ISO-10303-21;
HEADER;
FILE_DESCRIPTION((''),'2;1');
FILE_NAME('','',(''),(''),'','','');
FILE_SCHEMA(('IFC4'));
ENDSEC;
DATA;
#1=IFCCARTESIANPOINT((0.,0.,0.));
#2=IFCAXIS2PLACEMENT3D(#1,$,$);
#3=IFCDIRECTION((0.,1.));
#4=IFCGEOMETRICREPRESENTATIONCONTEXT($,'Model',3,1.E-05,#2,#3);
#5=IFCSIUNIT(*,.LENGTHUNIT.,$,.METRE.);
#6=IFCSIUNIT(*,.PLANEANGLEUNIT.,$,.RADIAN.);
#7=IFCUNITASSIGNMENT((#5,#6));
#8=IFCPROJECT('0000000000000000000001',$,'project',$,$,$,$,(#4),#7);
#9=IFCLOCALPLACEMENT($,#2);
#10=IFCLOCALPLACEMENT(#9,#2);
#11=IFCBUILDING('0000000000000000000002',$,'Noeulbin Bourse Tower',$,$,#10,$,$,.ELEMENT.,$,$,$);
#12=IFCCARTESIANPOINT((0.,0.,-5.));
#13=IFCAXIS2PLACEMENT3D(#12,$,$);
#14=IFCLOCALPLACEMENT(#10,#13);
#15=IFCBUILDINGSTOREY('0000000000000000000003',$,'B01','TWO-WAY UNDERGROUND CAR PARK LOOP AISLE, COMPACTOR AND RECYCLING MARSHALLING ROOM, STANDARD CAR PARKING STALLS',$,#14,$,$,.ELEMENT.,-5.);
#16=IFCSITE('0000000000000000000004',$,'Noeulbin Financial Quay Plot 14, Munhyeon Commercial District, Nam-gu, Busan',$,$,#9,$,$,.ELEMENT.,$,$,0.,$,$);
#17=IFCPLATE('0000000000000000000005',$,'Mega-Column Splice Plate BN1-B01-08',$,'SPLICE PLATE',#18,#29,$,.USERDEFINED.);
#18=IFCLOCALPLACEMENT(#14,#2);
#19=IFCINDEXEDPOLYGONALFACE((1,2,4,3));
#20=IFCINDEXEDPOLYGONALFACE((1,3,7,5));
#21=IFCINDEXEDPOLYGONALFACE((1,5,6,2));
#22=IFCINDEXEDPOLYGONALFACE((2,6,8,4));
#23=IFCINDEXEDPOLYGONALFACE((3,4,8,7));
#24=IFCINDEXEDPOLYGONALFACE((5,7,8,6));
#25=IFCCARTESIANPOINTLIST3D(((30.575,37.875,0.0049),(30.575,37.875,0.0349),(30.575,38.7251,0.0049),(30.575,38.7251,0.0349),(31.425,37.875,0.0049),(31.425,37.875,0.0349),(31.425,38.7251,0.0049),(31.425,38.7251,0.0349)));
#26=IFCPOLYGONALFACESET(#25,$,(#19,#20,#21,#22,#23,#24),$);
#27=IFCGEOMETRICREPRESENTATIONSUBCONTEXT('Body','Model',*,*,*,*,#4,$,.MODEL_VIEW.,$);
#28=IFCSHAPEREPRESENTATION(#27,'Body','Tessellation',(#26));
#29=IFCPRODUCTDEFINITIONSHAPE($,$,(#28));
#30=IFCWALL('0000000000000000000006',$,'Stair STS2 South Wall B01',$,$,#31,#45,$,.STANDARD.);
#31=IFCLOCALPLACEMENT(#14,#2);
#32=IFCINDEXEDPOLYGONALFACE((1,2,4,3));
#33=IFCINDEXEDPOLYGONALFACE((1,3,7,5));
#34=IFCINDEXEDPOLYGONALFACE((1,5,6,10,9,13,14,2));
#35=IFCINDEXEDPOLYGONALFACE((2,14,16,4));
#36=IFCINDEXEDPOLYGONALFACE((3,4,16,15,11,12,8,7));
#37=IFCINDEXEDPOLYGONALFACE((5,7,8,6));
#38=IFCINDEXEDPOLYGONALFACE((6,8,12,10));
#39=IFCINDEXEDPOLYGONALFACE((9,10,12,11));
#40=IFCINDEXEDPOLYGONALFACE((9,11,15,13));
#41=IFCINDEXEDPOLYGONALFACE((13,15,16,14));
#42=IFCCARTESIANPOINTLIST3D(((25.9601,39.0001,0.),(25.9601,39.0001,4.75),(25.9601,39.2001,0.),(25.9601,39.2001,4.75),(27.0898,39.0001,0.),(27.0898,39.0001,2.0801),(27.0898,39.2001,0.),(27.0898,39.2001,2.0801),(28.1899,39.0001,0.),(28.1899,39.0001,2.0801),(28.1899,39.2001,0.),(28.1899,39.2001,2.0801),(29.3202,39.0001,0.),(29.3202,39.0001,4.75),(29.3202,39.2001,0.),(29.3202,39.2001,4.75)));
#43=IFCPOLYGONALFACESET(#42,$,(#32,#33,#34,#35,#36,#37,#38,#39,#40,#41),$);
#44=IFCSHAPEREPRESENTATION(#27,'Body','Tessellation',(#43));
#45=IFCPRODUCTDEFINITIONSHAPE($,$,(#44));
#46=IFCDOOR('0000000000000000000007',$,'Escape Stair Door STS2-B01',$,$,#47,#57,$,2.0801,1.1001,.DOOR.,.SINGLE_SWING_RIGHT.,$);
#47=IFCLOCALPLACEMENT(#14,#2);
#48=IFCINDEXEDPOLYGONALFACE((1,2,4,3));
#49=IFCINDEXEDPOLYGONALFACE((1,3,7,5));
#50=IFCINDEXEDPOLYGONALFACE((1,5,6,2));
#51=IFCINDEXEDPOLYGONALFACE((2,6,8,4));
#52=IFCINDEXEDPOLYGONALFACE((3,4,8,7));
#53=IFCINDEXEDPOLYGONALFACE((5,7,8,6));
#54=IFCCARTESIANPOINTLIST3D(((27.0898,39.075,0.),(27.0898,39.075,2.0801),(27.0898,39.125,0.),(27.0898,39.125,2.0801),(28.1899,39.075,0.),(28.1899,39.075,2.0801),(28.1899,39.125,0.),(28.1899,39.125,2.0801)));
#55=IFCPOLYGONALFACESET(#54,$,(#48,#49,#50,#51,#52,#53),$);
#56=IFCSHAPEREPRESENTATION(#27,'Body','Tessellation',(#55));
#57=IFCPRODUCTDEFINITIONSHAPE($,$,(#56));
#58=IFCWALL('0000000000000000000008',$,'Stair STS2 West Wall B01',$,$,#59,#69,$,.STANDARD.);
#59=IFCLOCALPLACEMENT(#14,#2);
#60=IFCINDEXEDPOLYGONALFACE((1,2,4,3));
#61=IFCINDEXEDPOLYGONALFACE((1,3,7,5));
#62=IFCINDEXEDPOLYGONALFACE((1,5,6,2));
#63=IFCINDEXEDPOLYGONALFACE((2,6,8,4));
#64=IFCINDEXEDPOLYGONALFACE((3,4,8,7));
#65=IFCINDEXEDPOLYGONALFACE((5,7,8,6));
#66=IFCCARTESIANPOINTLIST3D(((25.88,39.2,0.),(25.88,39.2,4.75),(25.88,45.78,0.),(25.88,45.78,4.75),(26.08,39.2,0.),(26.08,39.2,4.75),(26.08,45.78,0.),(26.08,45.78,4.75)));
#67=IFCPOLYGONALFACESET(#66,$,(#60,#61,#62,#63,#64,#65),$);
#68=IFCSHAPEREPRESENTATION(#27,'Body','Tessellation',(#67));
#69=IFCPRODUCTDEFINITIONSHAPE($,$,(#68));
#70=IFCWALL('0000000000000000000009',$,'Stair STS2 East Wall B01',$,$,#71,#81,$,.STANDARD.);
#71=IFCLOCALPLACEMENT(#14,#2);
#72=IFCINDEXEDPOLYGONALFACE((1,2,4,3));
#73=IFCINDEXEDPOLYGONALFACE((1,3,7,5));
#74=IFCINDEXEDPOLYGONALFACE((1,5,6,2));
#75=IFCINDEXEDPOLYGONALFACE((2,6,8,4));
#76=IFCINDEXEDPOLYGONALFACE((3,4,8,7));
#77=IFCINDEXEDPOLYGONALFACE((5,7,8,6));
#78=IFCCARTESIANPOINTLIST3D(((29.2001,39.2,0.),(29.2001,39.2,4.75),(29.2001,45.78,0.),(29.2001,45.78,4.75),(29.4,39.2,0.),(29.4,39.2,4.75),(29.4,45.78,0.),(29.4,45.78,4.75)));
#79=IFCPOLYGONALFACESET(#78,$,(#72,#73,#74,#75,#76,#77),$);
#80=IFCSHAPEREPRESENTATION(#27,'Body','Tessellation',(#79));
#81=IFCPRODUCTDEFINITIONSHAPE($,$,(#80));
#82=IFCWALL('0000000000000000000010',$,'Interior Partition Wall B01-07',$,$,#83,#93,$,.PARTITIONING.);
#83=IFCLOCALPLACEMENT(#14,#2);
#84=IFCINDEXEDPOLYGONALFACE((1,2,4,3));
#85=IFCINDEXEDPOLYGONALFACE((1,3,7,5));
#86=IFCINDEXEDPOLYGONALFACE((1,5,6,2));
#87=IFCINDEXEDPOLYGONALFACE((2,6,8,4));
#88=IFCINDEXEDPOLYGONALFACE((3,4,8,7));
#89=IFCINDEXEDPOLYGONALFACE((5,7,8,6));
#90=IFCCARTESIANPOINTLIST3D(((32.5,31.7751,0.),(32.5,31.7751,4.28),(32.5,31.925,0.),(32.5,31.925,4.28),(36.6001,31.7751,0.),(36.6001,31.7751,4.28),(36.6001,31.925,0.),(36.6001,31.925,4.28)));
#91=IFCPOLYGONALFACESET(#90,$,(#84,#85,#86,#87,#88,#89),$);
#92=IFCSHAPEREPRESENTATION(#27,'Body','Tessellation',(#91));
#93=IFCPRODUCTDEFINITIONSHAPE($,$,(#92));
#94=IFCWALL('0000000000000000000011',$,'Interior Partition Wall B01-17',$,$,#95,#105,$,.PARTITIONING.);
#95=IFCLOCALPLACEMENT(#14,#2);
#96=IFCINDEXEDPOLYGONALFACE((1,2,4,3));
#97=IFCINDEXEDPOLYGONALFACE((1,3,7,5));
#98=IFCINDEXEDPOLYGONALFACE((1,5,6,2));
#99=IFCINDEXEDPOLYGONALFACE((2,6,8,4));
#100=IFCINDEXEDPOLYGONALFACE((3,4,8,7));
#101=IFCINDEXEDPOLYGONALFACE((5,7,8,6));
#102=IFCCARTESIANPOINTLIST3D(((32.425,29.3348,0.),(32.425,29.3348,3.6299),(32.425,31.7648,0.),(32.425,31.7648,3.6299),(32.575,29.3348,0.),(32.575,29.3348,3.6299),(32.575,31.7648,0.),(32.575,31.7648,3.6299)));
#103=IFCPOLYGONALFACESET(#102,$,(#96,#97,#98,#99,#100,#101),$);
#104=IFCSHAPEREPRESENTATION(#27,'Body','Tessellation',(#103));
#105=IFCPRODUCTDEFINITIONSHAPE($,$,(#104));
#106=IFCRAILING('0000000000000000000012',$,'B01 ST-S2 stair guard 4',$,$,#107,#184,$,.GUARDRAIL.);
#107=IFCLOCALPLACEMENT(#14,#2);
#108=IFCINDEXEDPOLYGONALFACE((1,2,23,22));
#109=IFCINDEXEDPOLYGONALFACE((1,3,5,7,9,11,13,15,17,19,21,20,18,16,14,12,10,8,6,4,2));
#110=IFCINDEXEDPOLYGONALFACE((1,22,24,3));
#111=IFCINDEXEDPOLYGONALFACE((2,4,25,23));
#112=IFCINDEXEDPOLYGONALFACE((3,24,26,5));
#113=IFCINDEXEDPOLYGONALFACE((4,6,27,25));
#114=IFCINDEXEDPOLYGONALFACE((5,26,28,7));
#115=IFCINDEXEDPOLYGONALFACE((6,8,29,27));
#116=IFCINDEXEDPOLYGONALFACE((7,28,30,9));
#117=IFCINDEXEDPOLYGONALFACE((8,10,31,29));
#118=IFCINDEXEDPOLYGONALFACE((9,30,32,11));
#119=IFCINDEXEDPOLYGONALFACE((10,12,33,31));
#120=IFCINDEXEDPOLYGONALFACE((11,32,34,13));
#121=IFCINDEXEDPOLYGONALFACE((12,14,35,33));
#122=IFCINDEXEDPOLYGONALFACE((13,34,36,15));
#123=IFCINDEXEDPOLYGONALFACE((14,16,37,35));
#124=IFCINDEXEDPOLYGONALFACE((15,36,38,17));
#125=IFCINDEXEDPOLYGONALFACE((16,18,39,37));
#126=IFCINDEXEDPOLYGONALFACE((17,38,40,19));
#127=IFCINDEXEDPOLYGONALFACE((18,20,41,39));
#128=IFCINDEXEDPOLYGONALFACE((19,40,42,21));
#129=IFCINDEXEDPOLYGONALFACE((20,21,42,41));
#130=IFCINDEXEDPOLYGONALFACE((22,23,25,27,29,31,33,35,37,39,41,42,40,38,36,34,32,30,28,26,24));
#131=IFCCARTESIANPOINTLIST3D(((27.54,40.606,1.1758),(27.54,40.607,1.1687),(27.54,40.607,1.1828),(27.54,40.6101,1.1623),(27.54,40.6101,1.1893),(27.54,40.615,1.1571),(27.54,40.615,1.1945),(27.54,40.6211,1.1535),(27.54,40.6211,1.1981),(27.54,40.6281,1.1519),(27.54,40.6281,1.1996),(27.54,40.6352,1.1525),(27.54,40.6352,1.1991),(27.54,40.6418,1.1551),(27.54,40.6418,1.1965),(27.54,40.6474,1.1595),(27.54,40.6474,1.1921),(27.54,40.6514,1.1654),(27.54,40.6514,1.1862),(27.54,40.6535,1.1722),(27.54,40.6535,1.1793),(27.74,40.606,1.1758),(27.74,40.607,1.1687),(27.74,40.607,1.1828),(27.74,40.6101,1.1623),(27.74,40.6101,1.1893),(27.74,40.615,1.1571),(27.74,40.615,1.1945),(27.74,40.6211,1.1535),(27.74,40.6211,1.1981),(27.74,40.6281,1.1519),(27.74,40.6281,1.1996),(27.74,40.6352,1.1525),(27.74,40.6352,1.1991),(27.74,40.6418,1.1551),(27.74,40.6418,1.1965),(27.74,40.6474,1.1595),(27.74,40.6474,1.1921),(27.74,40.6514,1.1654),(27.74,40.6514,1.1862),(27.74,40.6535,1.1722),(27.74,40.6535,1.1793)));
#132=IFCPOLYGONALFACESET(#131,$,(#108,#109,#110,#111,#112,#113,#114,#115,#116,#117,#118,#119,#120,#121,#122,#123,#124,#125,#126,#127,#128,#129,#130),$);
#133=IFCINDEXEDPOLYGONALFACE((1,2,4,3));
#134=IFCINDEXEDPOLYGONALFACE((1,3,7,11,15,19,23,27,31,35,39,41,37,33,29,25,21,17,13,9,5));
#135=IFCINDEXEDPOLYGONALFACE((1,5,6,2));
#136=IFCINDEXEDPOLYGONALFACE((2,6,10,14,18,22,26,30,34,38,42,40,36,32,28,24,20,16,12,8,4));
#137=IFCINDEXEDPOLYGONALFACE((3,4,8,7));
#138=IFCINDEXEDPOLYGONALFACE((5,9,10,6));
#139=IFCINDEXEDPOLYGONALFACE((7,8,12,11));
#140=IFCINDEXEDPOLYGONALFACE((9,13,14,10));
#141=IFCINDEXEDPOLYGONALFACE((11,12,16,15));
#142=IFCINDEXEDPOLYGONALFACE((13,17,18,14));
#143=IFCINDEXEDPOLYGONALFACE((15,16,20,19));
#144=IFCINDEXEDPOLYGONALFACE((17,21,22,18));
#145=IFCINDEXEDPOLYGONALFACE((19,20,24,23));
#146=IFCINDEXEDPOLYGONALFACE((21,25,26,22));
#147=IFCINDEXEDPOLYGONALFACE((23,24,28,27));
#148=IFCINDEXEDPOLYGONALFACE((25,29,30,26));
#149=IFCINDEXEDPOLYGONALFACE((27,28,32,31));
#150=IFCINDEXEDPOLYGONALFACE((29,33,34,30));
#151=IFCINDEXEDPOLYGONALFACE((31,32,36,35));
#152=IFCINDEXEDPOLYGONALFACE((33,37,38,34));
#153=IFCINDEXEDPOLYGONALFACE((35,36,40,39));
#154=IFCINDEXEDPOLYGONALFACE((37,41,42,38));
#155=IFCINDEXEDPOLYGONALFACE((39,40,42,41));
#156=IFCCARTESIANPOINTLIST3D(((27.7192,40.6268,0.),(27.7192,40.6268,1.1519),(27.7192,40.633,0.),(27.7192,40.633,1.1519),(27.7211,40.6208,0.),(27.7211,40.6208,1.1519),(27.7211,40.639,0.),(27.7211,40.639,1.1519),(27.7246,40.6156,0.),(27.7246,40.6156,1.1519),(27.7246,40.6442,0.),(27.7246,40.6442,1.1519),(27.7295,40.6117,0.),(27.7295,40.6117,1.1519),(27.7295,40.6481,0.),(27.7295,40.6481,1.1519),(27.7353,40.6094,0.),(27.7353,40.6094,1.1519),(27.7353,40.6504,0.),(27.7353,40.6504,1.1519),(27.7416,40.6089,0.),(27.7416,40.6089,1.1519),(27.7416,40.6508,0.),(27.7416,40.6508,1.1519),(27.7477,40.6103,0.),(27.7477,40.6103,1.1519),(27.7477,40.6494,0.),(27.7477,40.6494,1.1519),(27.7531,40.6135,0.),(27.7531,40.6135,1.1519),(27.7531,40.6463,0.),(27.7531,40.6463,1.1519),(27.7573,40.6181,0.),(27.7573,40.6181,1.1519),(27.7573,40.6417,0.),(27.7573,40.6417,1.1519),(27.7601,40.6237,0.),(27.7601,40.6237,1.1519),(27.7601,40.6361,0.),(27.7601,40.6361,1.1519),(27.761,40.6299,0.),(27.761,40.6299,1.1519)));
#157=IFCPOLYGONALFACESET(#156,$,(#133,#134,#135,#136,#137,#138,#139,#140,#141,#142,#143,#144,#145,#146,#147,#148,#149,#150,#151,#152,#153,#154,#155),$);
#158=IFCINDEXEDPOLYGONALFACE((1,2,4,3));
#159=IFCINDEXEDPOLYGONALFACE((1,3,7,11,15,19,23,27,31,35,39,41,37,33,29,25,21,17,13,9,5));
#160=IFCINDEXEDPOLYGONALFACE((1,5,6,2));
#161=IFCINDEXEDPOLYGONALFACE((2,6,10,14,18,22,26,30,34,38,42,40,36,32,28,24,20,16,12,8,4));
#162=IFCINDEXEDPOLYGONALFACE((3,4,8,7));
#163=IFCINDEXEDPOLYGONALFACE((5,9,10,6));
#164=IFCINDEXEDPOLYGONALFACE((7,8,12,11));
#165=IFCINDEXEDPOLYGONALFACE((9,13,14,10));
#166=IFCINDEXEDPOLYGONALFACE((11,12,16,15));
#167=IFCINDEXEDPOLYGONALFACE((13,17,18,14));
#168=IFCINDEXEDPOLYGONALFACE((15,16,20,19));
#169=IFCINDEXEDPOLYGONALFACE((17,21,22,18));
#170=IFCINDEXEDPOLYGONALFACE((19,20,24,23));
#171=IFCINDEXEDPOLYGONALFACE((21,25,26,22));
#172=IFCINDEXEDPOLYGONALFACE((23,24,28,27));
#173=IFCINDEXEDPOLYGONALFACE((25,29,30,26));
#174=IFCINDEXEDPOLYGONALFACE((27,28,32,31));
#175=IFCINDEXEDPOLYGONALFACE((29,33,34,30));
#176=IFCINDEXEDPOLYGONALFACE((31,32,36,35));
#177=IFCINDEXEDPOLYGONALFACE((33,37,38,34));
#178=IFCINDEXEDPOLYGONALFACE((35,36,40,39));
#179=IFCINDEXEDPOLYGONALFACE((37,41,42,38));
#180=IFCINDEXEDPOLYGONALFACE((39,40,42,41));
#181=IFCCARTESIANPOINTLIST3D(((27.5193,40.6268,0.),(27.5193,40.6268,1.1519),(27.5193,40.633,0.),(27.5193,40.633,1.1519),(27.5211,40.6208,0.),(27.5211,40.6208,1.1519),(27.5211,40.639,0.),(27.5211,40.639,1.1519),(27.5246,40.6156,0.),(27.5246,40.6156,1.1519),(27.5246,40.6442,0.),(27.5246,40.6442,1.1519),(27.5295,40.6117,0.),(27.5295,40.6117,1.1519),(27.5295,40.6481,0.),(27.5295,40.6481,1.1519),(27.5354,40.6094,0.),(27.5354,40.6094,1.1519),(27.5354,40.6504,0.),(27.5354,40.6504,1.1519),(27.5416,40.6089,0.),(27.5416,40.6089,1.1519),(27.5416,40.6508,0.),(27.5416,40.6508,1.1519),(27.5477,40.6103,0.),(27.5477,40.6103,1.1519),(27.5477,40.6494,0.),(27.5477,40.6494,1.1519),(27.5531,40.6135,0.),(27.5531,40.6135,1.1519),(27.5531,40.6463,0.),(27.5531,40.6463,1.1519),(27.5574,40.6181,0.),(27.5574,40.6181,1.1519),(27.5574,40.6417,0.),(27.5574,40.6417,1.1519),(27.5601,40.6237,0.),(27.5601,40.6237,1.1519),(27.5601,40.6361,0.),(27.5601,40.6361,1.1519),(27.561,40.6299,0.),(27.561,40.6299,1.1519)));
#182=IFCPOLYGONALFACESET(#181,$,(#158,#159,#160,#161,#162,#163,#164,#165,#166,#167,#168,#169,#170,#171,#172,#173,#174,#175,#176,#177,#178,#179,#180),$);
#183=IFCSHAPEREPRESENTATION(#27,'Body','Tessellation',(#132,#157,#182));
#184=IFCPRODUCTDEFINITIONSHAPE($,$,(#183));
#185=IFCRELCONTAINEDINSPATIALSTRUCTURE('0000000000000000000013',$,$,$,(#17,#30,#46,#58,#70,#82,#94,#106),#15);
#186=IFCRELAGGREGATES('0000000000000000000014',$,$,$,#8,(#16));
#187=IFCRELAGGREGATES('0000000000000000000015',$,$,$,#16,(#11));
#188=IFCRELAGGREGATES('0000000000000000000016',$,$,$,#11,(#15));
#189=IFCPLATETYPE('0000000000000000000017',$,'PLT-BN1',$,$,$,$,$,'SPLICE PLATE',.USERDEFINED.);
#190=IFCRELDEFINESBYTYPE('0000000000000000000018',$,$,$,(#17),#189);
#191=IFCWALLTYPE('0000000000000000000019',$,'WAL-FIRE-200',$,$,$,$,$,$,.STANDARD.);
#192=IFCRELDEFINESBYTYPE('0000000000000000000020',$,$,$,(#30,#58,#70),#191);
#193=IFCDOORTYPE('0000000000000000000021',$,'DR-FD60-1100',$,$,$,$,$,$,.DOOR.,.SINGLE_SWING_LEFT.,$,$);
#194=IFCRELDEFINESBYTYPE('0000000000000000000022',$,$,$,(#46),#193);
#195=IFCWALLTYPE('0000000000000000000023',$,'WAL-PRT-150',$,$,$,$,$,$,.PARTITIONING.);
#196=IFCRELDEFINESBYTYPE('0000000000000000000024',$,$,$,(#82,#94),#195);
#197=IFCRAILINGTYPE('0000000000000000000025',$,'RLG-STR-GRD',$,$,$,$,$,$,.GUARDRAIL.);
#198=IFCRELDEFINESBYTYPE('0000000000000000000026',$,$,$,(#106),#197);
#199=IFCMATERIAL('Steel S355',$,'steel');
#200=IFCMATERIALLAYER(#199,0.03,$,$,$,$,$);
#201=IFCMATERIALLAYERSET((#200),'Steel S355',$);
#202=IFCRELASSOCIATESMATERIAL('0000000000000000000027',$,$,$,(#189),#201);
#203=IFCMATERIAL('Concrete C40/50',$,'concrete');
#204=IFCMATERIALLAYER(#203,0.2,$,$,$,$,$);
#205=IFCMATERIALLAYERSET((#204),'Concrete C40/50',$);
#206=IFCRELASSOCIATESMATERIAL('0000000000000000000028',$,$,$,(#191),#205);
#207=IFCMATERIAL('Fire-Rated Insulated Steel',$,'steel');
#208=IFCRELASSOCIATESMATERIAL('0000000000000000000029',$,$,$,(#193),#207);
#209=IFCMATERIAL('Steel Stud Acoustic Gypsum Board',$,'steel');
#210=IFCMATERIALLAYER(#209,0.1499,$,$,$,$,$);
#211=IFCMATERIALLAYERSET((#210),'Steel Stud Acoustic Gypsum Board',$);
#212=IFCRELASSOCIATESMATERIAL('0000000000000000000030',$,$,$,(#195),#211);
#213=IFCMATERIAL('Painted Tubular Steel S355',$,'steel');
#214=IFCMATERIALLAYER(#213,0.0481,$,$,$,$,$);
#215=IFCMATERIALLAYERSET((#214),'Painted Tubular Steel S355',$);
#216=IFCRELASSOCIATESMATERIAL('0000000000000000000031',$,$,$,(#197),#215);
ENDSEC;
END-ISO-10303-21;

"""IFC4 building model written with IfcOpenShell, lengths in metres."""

from ifc_helpers import new_model, si_unit, direction, frame, frame_2d, origin, origin_2d, place, context, subcontext, project, spatial, rectangle, circle, extrude, material, layer, layer_set, type_object, element, fill, save


model = new_model("IFC4")

# Units and contexts
model_context = context("Model", 3, precision=1e-05, world=origin(), true_north=direction((0.0, 1.0)))
body_context = subcontext(model_context, "Body", "Model", "MODEL_VIEW")
ifc_project = project(units=[si_unit("LENGTHUNIT", "METRE"), si_unit("PLANEANGLEUNIT", "RADIAN")], contexts=[model_context])

# Site, building, storey
site_placement = place(None, origin())
site = spatial("IfcSite", under=ifc_project, at=site_placement, Name="Noeulbin Financial Quay Plot 14, Munhyeon Commercial District, Nam-gu, Busan", CompositionType="ELEMENT", RefElevation=0.0)
building_placement = place(site_placement, origin())
building = spatial("IfcBuilding", under=site, at=building_placement, Name="Noeulbin Bourse Tower", CompositionType="ELEMENT")
storey_placement = place(building_placement, frame((0.0, 0.0, -5.0)))
storey = spatial("IfcBuildingStorey", under=building, at=storey_placement, Name="B01", Description="TWO-WAY UNDERGROUND CAR PARK LOOP AISLE, COMPACTOR AND RECYCLING MARSHALLING ROOM, STANDARD CAR PARKING STALLS", CompositionType="ELEMENT", Elevation=-5.0)

# Shared definitions
ifc_material_1 = material(Name="Steel S355", Category="steel")

# Plate
ifc_layer_1 = layer(ifc_material_1, 0.03)
ifc_layer_set_1 = layer_set([ifc_layer_1], Name="Steel S355")
plate_type = type_object("IfcPlateType", Name="PLT-BN1", ElementType="SPLICE PLATE", PredefinedType="USERDEFINED", material=ifc_layer_set_1)
for number, where, z_axis, x_axis, name in (
    (1, (31.0, 38.3, 0.0049), (0.0, 0.0, 1.0), (1.0, 0.0, 0.0), "Mega-Column Splice Plate BN1-B01-08"),
):
    element("IfcPlate", number, at=place(storey_placement, frame(where, z_axis=z_axis, x_axis=x_axis)), inside=storey, type_object=plate_type, Name=name, ObjectType="SPLICE PLATE", PredefinedType="USERDEFINED", context=body_context, shape_type="SweptSolid", body=[
        extrude(rectangle(XDim=0.8501, YDim=0.8501, at=origin_2d()), origin(), (0.0, 0.0, 1.0), 0.03),
    ])

# Wall, opening, door
ifc_material_2 = material(Name="Concrete C40/50", Category="concrete")
ifc_layer_2 = layer(ifc_material_2, 0.2)
ifc_layer_set_2 = layer_set([ifc_layer_2], Name="Concrete C40/50")
wall_type_1 = type_object("IfcWallType", Name="WAL-FIRE-200", PredefinedType="STANDARD", material=ifc_layer_set_2)
wall_1_placement = place(storey_placement, frame((25.96, 39.1001, 0.0), z_axis=(0.0, 0.0, 1.0), x_axis=(1.0, 0.0, 0.0)))
wall_1 = element("IfcWall", 2, at=wall_1_placement, inside=storey, type_object=wall_type_1, Name="Stair STS2 South Wall B01", PredefinedType="STANDARD", context=body_context, shape_type="SweptSolid", body=[
    extrude(rectangle(XDim=3.3601, YDim=0.2, at=frame_2d((1.6802, 0.0))), origin(), (0.0, 0.0, 1.0), 4.75),
])
opening_placement = place(wall_1_placement, frame((1.1299, 0.0, 0.0)))
opening = element("IfcOpeningElement", 3, at=opening_placement, cuts=wall_1, PredefinedType="OPENING", context=body_context, shape_type="SweptSolid", body=[
    extrude(rectangle(XDim=1.1001, YDim=2.0801, at=frame_2d((0.55, 1.04))), frame((0.0, 0.1099, 0.0), z_axis=(0.0, -1.0, 0.0), x_axis=(1.0, 0.0, 0.0)), (0.0, 0.0, 1.0), 0.22),
])
ifc_material_3 = material(Name="Fire-Rated Insulated Steel", Category="steel")
door_type = type_object("IfcDoorType", Name="DR-FD60-1100", OperationType="SINGLE_SWING_LEFT", PredefinedType="DOOR", material=ifc_material_3)
door_placement = place(opening_placement, origin())
door = element("IfcDoor", 4, at=door_placement, inside=storey, type_object=door_type, Name="Escape Stair Door STS2-B01", OperationType="SINGLE_SWING_RIGHT", OverallHeight=2.0801, OverallWidth=1.1001, PredefinedType="DOOR", context=body_context, shape_type="SweptSolid", body=[
    extrude(rectangle(XDim=1.1001, YDim=2.0801, at=frame_2d((0.55, 1.04))), frame((0.0, 0.0249, 0.0), z_axis=(0.0, -1.0, 0.0), x_axis=(1.0, 0.0, 0.0)), (0.0, 0.0, 1.0), 0.05),
])
fill(opening, door)

# Walls
for number, where, z_axis, x_axis, name in (
    (5, (25.98, 39.2, 0.0), (0.0, 0.0, 1.0), (0.0, 1.0, 0.0), "Stair STS2 West Wall B01"),
    (6, (29.3, 39.2, 0.0), (0.0, 0.0, 1.0), (0.0, 1.0, 0.0), "Stair STS2 East Wall B01"),
):
    element("IfcWall", number, at=place(storey_placement, frame(where, z_axis=z_axis, x_axis=x_axis)), inside=storey, type_object=wall_type_1, Name=name, PredefinedType="STANDARD", context=body_context, shape_type="SweptSolid", body=[
        extrude(rectangle(XDim=6.5801, YDim=0.2, at=frame_2d((3.29, 0.0))), origin(), (0.0, 0.0, 1.0), 4.75),
    ])
ifc_material_4 = material(Name="Steel Stud Acoustic Gypsum Board", Category="steel")
ifc_layer_3 = layer(ifc_material_4, 0.1499)
ifc_layer_set_3 = layer_set([ifc_layer_3], Name="Steel Stud Acoustic Gypsum Board")
wall_type_2 = type_object("IfcWallType", Name="WAL-PRT-150", PredefinedType="PARTITIONING", material=ifc_layer_set_3)
wall_2_placement = place(storey_placement, frame((32.5, 31.8501, 0.0), z_axis=(0.0, 0.0, 1.0), x_axis=(1.0, 0.0, 0.0)))
element("IfcWall", 7, at=wall_2_placement, inside=storey, type_object=wall_type_2, Name="Interior Partition Wall B01-07", PredefinedType="PARTITIONING", context=body_context, shape_type="SweptSolid", body=[
    extrude(rectangle(XDim=4.1001, YDim=0.1499, at=frame_2d((2.05, 0.0))), origin(), (0.0, 0.0, 1.0), 4.28),
])
wall_3_placement = place(storey_placement, frame((32.5, 29.335, 0.0), z_axis=(0.0, 0.0, 1.0), x_axis=(0.0, 1.0, 0.0)))
element("IfcWall", 8, at=wall_3_placement, inside=storey, type_object=wall_type_2, Name="Interior Partition Wall B01-17", PredefinedType="PARTITIONING", context=body_context, shape_type="SweptSolid", body=[
    extrude(rectangle(XDim=2.4299, YDim=0.1499, at=frame_2d((1.2148, 0.0))), origin(), (0.0, 0.0, 1.0), 3.6299),
])

# Railing
ifc_material_5 = material(Name="Painted Tubular Steel S355", Category="steel")
ifc_layer_4 = layer(ifc_material_5, 0.0481)
ifc_layer_set_4 = layer_set([ifc_layer_4], Name="Painted Tubular Steel S355")
railing_type = type_object("IfcRailingType", Name="RLG-STR-GRD", PredefinedType="GUARDRAIL", material=ifc_layer_set_4)
railing_placement = place(storey_placement, frame((27.74, 40.6299, 0.0)))
element("IfcRailing", 9, at=railing_placement, inside=storey, type_object=railing_type, Name="B01 ST-S2 stair guard 4", PredefinedType="GUARDRAIL", context=body_context, shape_type="SweptSolid", body=[
    extrude(circle(Radius=0.0239, at=origin_2d()), frame((0.0, 0.0, 1.1758), z_axis=(-1.0, 0.0, 0.0), x_axis=(0.0, -1.0, 0.0)), (0.0, 0.0, 1.0), 0.2),
    extrude(circle(Radius=0.021, at=origin_2d()), origin(), (0.0, 0.0, 1.0), 1.1519),
    extrude(circle(Radius=0.021, at=origin_2d()), frame((-0.2, 0.0, 0.0)), (0.0, 0.0, 1.0), 1.1519),
])

save(model, "model.ifc")
